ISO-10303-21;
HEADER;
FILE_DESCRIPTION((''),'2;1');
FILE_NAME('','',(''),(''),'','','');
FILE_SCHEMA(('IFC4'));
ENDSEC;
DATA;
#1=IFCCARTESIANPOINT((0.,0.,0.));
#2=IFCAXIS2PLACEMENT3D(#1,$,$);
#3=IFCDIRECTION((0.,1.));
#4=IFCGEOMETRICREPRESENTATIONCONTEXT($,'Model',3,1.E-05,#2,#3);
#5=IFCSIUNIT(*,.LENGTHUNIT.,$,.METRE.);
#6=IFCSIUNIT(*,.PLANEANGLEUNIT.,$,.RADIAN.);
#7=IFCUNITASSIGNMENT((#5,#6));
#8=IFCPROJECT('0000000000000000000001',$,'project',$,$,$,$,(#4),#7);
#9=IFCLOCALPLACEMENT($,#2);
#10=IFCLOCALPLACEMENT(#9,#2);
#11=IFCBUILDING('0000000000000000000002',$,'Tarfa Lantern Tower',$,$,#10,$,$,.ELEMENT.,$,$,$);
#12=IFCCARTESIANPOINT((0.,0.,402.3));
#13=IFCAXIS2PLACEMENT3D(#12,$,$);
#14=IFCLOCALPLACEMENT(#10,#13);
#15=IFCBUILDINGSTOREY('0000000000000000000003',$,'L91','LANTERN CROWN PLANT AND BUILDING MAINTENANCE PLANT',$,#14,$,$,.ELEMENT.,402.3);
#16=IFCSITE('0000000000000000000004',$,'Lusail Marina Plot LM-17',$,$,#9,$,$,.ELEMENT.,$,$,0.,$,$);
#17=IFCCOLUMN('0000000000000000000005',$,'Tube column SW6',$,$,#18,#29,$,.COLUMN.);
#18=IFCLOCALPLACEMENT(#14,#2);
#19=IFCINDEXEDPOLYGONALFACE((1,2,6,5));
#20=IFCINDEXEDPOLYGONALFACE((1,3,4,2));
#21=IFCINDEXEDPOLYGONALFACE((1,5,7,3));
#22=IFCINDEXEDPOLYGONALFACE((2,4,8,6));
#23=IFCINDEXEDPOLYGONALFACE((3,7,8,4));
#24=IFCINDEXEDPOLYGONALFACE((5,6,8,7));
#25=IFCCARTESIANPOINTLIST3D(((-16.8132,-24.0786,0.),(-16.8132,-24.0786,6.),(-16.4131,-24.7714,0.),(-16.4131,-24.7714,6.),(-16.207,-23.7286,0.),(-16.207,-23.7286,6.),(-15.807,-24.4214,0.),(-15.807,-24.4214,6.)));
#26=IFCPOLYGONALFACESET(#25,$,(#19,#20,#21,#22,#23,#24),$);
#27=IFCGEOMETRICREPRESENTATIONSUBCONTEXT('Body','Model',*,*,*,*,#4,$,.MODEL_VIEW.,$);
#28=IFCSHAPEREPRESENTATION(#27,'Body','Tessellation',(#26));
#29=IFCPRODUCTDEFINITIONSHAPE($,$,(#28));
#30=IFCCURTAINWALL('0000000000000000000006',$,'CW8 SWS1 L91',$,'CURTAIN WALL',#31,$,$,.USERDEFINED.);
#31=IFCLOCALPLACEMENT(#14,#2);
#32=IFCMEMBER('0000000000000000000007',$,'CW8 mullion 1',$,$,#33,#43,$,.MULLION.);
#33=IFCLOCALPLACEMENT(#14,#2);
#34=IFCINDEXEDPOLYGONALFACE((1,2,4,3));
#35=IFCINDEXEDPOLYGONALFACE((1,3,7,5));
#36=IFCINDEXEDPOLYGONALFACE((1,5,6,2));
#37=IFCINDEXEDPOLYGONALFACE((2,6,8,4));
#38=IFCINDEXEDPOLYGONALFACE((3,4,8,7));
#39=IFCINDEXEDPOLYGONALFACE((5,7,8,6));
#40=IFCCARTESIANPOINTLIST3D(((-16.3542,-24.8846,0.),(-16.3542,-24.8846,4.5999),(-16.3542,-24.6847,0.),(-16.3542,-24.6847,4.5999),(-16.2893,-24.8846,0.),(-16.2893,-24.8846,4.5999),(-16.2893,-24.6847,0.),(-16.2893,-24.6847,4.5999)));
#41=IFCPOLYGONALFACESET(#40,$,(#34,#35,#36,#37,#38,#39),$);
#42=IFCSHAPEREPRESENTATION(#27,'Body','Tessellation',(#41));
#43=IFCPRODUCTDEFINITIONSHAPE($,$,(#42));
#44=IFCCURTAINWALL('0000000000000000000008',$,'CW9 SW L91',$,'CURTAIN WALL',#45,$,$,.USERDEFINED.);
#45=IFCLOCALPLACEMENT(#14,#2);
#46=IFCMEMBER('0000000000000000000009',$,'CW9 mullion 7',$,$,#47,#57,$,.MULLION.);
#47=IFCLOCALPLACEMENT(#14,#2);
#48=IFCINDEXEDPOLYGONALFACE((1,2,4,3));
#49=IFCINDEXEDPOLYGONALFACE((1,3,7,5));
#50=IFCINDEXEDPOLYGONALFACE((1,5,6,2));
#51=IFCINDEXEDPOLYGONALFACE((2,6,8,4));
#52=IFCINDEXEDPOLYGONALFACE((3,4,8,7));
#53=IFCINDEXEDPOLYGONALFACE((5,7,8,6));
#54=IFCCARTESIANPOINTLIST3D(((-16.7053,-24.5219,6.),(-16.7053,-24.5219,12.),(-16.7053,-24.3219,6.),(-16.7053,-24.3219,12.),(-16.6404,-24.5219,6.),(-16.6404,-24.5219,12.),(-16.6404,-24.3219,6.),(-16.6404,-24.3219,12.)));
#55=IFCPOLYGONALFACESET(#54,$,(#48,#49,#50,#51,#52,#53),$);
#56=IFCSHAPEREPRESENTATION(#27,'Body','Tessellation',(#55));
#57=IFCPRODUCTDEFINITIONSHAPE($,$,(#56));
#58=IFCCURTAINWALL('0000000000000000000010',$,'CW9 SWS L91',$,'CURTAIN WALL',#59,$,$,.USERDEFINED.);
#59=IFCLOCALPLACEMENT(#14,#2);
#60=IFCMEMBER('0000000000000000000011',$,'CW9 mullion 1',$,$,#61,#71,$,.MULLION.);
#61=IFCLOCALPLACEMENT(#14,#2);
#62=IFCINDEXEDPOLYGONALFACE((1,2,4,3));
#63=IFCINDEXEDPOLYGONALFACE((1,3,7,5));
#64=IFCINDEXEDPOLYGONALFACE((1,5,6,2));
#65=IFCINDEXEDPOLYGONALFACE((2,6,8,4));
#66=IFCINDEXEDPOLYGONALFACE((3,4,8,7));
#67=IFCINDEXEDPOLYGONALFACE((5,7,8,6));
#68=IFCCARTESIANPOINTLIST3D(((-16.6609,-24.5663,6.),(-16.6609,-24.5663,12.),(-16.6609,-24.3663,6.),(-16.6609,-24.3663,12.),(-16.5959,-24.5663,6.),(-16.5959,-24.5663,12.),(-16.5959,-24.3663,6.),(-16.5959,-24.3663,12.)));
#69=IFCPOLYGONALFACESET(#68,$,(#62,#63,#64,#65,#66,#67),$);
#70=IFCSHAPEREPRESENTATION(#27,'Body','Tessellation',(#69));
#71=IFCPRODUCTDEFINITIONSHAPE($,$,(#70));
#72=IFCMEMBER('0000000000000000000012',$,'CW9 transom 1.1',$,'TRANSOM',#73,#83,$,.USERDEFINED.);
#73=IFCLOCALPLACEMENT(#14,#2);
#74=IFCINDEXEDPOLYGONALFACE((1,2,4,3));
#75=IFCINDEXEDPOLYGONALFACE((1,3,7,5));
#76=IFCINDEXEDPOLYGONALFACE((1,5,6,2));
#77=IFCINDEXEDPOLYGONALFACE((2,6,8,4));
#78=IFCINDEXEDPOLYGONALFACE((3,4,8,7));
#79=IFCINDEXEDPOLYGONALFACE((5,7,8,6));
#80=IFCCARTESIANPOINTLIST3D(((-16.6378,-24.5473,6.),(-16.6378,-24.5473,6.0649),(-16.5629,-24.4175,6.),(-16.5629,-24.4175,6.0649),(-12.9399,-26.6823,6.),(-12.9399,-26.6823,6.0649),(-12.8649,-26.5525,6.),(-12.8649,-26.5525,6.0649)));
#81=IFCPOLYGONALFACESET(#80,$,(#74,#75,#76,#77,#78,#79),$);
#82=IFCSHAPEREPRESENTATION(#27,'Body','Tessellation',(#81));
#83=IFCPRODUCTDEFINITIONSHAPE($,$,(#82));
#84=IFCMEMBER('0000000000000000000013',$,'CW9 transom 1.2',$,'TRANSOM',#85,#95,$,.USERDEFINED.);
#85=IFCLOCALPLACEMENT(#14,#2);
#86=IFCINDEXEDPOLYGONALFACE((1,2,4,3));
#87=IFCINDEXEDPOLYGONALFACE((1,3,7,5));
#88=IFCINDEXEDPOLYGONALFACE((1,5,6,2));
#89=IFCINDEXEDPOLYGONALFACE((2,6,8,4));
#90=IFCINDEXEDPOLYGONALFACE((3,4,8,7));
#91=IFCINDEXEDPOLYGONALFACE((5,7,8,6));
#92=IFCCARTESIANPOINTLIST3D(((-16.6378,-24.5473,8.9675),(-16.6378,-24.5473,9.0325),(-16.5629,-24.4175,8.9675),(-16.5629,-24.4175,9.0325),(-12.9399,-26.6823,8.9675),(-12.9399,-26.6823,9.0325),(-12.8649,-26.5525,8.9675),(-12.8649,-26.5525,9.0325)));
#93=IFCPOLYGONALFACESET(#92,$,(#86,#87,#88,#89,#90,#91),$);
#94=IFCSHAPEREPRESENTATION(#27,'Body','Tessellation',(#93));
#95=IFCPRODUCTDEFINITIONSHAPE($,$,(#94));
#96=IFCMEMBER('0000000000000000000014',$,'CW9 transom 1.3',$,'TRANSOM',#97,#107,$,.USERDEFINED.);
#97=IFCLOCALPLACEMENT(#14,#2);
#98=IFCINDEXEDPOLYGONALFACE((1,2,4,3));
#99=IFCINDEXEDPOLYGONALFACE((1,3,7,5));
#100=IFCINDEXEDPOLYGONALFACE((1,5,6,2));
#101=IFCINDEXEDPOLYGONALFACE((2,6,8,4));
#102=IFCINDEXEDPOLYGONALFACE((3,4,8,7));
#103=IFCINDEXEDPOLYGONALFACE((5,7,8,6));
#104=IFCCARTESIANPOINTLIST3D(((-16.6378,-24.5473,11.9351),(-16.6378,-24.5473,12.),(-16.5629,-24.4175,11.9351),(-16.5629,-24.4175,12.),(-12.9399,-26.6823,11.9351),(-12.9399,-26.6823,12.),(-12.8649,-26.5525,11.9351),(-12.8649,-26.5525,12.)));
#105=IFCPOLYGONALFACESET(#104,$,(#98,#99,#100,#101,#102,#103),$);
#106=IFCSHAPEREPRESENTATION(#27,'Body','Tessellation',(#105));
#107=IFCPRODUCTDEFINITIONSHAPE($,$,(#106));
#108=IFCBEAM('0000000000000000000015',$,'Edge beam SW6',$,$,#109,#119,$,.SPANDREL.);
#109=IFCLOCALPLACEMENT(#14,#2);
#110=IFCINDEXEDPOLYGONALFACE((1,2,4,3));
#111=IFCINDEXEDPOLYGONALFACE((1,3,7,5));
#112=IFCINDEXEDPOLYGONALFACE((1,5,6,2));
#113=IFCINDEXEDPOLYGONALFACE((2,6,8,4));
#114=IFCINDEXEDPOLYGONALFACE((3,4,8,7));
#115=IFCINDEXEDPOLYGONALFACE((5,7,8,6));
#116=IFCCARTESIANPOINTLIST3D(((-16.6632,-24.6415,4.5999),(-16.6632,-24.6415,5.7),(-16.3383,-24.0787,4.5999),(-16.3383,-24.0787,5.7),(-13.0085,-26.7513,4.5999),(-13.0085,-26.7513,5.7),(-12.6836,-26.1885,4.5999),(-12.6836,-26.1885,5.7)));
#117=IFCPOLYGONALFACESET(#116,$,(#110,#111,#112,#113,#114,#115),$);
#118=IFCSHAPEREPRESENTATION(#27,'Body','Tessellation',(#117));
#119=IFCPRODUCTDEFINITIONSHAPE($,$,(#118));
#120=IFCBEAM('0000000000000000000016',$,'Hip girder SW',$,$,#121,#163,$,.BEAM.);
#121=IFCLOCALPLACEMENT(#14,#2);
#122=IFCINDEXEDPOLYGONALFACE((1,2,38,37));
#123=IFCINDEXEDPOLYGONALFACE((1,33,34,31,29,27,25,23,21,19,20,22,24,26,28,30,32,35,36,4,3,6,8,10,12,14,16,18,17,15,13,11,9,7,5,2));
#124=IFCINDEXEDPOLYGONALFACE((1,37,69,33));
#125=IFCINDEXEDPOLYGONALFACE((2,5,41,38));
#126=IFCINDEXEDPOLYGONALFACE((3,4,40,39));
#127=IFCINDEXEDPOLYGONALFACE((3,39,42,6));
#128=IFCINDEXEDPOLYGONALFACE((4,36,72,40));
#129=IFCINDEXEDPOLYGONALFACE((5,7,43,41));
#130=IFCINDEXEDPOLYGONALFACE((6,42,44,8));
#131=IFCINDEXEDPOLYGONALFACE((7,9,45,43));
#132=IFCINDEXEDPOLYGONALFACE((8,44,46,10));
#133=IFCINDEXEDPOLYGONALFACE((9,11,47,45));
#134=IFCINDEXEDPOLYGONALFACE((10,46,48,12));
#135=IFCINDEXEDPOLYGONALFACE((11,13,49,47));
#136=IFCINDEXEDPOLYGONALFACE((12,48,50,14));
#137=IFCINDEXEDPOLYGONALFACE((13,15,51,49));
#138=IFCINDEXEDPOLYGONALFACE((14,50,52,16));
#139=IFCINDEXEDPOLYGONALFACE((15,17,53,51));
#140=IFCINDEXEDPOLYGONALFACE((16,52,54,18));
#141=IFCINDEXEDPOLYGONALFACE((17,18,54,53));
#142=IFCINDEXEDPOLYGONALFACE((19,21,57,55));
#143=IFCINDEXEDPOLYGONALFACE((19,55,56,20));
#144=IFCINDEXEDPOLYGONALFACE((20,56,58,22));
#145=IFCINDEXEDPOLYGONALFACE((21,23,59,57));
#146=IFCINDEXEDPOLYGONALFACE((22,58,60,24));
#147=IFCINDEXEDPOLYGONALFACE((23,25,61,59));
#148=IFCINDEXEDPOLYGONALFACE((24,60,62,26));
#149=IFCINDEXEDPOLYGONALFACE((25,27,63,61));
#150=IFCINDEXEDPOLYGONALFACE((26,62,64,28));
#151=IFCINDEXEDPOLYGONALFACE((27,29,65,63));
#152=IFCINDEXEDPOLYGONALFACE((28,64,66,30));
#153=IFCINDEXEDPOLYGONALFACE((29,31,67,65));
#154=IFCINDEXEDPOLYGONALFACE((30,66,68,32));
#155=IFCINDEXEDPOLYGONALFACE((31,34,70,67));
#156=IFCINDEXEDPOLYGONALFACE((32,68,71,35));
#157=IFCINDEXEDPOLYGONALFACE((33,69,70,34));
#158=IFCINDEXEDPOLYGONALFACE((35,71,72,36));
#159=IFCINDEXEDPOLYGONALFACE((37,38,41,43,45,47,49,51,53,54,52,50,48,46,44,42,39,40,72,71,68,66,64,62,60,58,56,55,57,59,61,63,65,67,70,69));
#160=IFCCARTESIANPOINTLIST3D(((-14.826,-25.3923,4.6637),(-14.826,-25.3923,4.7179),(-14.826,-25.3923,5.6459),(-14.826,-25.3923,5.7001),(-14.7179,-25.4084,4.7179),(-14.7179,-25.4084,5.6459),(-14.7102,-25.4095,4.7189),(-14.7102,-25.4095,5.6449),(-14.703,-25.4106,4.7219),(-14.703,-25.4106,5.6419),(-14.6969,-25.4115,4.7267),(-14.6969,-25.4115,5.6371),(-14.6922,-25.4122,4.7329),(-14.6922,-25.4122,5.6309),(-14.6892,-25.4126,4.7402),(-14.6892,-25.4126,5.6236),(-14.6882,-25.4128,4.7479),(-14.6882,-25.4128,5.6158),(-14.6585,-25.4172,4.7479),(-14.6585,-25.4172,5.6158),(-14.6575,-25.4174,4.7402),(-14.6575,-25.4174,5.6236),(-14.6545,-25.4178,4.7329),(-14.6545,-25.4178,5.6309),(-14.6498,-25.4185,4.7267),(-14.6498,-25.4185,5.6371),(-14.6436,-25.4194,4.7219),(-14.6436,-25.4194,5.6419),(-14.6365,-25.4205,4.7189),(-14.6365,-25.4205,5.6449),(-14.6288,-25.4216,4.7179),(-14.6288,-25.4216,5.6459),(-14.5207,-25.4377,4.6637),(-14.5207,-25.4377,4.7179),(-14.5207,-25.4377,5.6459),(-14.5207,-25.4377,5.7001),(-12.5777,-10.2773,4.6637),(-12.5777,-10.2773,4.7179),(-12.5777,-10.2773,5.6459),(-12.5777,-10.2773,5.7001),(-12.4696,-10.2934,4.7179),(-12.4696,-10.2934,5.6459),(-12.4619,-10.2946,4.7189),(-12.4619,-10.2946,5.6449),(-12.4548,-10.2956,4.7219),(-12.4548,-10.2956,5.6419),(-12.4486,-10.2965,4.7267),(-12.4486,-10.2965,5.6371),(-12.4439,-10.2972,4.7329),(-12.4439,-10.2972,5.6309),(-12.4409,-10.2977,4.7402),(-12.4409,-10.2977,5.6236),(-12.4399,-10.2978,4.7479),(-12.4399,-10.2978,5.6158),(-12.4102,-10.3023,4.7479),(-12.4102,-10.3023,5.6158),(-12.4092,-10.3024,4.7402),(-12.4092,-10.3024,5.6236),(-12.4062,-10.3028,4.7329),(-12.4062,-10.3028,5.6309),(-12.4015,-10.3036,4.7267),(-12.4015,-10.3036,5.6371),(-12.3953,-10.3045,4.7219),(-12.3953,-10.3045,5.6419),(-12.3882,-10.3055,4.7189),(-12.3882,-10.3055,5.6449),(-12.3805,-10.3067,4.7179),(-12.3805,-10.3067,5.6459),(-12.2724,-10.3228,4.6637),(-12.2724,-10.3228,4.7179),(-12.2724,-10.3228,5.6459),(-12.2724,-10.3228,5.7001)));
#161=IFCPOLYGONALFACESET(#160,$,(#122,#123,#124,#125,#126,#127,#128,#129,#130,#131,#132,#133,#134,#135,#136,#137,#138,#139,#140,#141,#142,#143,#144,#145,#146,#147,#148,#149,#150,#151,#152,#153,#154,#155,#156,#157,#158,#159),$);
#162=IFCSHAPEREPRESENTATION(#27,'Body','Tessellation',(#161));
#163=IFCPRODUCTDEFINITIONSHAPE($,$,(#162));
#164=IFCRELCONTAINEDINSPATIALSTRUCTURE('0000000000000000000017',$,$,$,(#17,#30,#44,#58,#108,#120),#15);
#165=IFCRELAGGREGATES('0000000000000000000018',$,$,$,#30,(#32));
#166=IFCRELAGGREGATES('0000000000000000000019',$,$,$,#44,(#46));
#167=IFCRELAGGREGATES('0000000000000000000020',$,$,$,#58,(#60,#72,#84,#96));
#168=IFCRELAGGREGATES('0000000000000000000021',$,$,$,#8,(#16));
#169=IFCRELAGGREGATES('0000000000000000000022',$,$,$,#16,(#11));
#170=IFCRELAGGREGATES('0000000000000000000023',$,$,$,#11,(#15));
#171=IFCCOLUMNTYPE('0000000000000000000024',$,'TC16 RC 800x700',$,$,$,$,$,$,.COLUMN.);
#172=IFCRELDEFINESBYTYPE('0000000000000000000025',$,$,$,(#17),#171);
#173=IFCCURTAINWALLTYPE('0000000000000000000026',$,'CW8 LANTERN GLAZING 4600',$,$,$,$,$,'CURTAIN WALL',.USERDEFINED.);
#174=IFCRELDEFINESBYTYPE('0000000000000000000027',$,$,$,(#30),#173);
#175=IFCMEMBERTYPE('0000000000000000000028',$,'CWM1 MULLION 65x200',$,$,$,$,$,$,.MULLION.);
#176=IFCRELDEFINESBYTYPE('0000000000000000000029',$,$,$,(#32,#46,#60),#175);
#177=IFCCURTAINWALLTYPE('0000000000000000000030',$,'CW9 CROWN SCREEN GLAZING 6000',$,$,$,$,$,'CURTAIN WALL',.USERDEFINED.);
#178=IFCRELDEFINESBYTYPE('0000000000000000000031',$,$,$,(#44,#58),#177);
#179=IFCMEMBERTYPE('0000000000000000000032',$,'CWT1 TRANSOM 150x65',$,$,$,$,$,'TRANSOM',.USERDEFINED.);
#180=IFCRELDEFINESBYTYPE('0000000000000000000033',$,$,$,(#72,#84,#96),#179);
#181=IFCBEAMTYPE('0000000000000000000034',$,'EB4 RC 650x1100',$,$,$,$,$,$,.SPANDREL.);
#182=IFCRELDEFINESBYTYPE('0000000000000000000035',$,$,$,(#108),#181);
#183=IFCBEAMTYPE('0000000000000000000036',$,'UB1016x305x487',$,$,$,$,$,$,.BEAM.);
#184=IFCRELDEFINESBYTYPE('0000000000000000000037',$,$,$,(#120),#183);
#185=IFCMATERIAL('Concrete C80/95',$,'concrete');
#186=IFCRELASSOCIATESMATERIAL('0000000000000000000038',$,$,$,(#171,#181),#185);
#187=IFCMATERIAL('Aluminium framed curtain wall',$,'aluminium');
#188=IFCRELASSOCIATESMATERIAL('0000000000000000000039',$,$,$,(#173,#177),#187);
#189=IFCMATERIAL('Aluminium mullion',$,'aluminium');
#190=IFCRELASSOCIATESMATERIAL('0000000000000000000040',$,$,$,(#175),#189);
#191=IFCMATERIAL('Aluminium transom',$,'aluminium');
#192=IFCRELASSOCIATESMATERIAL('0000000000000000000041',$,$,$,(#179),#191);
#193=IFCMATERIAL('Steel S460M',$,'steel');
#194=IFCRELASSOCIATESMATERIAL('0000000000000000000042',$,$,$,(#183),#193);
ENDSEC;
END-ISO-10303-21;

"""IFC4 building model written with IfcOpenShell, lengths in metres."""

from ifc_helpers import new_model, si_unit, direction, frame, origin, origin_2d, place, context, subcontext, project, spatial, rectangle, i_section, extrude, material, material_profile, profile_set, type_object, element, aggregate, save


model = new_model("IFC4")

# Units and contexts
model_context = context("Model", 3, precision=1e-05, world=origin(), true_north=direction((0.0, 1.0)))
body_context = subcontext(model_context, "Body", "Model", "MODEL_VIEW")
ifc_project = project(units=[si_unit("LENGTHUNIT", "METRE"), si_unit("PLANEANGLEUNIT", "RADIAN")], contexts=[model_context])

# Site, building, storey
site_placement = place(None, origin())
site = spatial("IfcSite", under=ifc_project, at=site_placement, Name="Lusail Marina Plot LM-17", CompositionType="ELEMENT", RefElevation=0.0)
building_placement = place(site_placement, origin())
building = spatial("IfcBuilding", under=site, at=building_placement, Name="Tarfa Lantern Tower", CompositionType="ELEMENT")
storey_placement = place(building_placement, frame((0.0, 0.0, 402.3)))
storey = spatial("IfcBuildingStorey", under=building, at=storey_placement, Name="L91", Description="LANTERN CROWN PLANT AND BUILDING MAINTENANCE PLANT", CompositionType="ELEMENT", Elevation=402.3)

# Column
ifc_material_1 = material(Name="Concrete C80/95", Category="concrete")
ifc_material_profile_1 = material_profile(ifc_material_1, rectangle(XDim=0.8, YDim=0.7, at=origin_2d()), Name="RC 800x700")
ifc_profile_set_1 = profile_set([ifc_material_profile_1], Name="Concrete C80/95")
column_type = type_object("IfcColumnType", Name="TC16 RC 800x700", PredefinedType="COLUMN", material=ifc_profile_set_1)
column_placement = place(storey_placement, frame((-16.3101, -24.25, 0.0), z_axis=(0.0, 0.0, 1.0), x_axis=(0.5, -0.866025, 0.0)))
element("IfcColumn", 1, at=column_placement, inside=storey, type_object=column_type, Name="Tube column SW6", PredefinedType="COLUMN", context=body_context, shape_type="SweptSolid", body=[
    extrude(rectangle(XDim=0.8, YDim=0.7, at=origin_2d()), origin(), (0.0, 0.0, 1.0), 6.0),
])

# Curtain walls, members
ifc_material_2 = material(Name="Aluminium framed curtain wall", Category="aluminium")
curtain_wall_type_1 = type_object("IfcCurtainWallType", Name="CW8 LANTERN GLAZING 4600", ElementType="CURTAIN WALL", PredefinedType="USERDEFINED", material=ifc_material_2)
curtain_wall_1_placement = place(storey_placement, origin())
curtain_wall_1 = element("IfcCurtainWall", 2, at=curtain_wall_1_placement, inside=storey, type_object=curtain_wall_type_1, Name="CW8 SWS1 L91", ObjectType="CURTAIN WALL", PredefinedType="USERDEFINED")
ifc_material_3 = material(Name="Aluminium mullion", Category="aluminium")
ifc_material_profile_2 = material_profile(ifc_material_3, rectangle(XDim=0.0649, YDim=0.2, at=origin_2d()), Name="AL MULLION 65x200")
ifc_profile_set_2 = profile_set([ifc_material_profile_2], Name="Aluminium mullion")
member_type_1 = type_object("IfcMemberType", Name="CWM1 MULLION 65x200", PredefinedType="MULLION", material=ifc_profile_set_2)
member_1_placement = place(storey_placement, frame((-16.3218, -24.7847, 0.0), z_axis=(0.0, 0.0, 1.0), x_axis=(1.0, 0.0, 0.0)))
member_1 = element("IfcMember", 3, at=member_1_placement, type_object=member_type_1, Name="CW8 mullion 1", PredefinedType="MULLION", context=body_context, shape_type="SweptSolid", body=[
    extrude(rectangle(XDim=0.0649, YDim=0.2, at=origin_2d()), origin(), (0.0, 0.0, 1.0), 4.5999),
])
aggregate(curtain_wall_1, [member_1])
curtain_wall_type_2 = type_object("IfcCurtainWallType", Name="CW9 CROWN SCREEN GLAZING 6000", ElementType="CURTAIN WALL", PredefinedType="USERDEFINED", material=ifc_material_2)
curtain_wall_2_placement = place(storey_placement, origin())
curtain_wall_2 = element("IfcCurtainWall", 4, at=curtain_wall_2_placement, inside=storey, type_object=curtain_wall_type_2, Name="CW9 SW L91", ObjectType="CURTAIN WALL", PredefinedType="USERDEFINED")
member_2_placement = place(storey_placement, frame((-16.6729, -24.4219, 6.0), z_axis=(0.0, 0.0, 1.0), x_axis=(1.0, 0.0, 0.0)))
member_2 = element("IfcMember", 5, at=member_2_placement, type_object=member_type_1, Name="CW9 mullion 7", PredefinedType="MULLION", context=body_context, shape_type="SweptSolid", body=[
    extrude(rectangle(XDim=0.0649, YDim=0.2, at=origin_2d()), origin(), (0.0, 0.0, 1.0), 6.0),
])
aggregate(curtain_wall_2, [member_2])

# Curtain wall, members
curtain_wall_3_placement = place(storey_placement, origin())
curtain_wall_3 = element("IfcCurtainWall", 6, at=curtain_wall_3_placement, inside=storey, type_object=curtain_wall_type_2, Name="CW9 SWS L91", ObjectType="CURTAIN WALL", PredefinedType="USERDEFINED")
member_3_placement = place(storey_placement, frame((-16.6284, -24.4663, 6.0), z_axis=(0.0, 0.0, 1.0), x_axis=(1.0, 0.0, 0.0)))
member_3 = element("IfcMember", 7, at=member_3_placement, type_object=member_type_1, Name="CW9 mullion 1", PredefinedType="MULLION", context=body_context, shape_type="SweptSolid", body=[
    extrude(rectangle(XDim=0.0649, YDim=0.2, at=origin_2d()), origin(), (0.0, 0.0, 1.0), 6.0),
])
ifc_material_4 = material(Name="Aluminium transom", Category="aluminium")
ifc_material_profile_3 = material_profile(ifc_material_4, rectangle(XDim=0.1499, YDim=0.0649, at=origin_2d()), Name="AL TRANSOM 150x65")
ifc_profile_set_3 = profile_set([ifc_material_profile_3], Name="Aluminium transom")
member_type_2 = type_object("IfcMemberType", Name="CWT1 TRANSOM 150x65", ElementType="TRANSOM", PredefinedType="USERDEFINED", material=ifc_profile_set_3)
member_4_placement = place(storey_placement, frame((-16.6003, -24.4824, 6.0325), z_axis=(0.866028, -0.499995, 0.0), x_axis=(0.499995, 0.866028, 0.0)))
member_4 = element("IfcMember", 8, at=member_4_placement, type_object=member_type_2, Name="CW9 transom 1.1", ObjectType="TRANSOM", PredefinedType="USERDEFINED", context=body_context, shape_type="SweptSolid", body=[
    extrude(rectangle(XDim=0.1499, YDim=0.0649, at=origin_2d()), origin(), (0.0, 0.0, 1.0), 4.27),
])
member_5_placement = place(storey_placement, frame((-16.6003, -24.4824, 9.0), z_axis=(0.866028, -0.499995, 0.0), x_axis=(0.499995, 0.866028, 0.0)))
member_5 = element("IfcMember", 9, at=member_5_placement, type_object=member_type_2, Name="CW9 transom 1.2", ObjectType="TRANSOM", PredefinedType="USERDEFINED", context=body_context, shape_type="SweptSolid", body=[
    extrude(rectangle(XDim=0.1499, YDim=0.0649, at=origin_2d()), origin(), (0.0, 0.0, 1.0), 4.27),
])
member_6_placement = place(storey_placement, frame((-16.6003, -24.4824, 11.9675), z_axis=(0.866028, -0.499995, 0.0), x_axis=(0.499995, 0.866028, 0.0)))
member_6 = element("IfcMember", 10, at=member_6_placement, type_object=member_type_2, Name="CW9 transom 1.3", ObjectType="TRANSOM", PredefinedType="USERDEFINED", context=body_context, shape_type="SweptSolid", body=[
    extrude(rectangle(XDim=0.1499, YDim=0.0649, at=origin_2d()), origin(), (0.0, 0.0, 1.0), 4.27),
])
aggregate(curtain_wall_3, [member_3, member_4, member_5, member_6])

# Beams
ifc_material_profile_4 = material_profile(ifc_material_1, rectangle(XDim=0.6499, YDim=1.1001, at=origin_2d()), Name="RC 650x1100")
ifc_profile_set_4 = profile_set([ifc_material_profile_4], Name="Concrete C80/95")
beam_type_1 = type_object("IfcBeamType", Name="EB4 RC 650x1100", PredefinedType="SPANDREL", material=ifc_profile_set_4)
beam_1_placement = place(storey_placement, frame((-16.5007, -24.3601, 5.1499), z_axis=(0.866049, -0.499959, 0.0), x_axis=(0.499959, 0.866049, 0.0)))
element("IfcBeam", 11, at=beam_1_placement, inside=storey, type_object=beam_type_1, Name="Edge beam SW6", PredefinedType="SPANDREL", context=body_context, shape_type="SweptSolid", body=[
    extrude(rectangle(XDim=0.6499, YDim=1.1001, at=origin_2d()), origin(), (0.0, 0.0, 1.0), 4.22),
])
ifc_material_5 = material(Name="Steel S460M", Category="steel")
ifc_material_profile_5 = material_profile(ifc_material_5, i_section(OverallWidth=0.3086, OverallDepth=1.0364, WebThickness=0.03, FlangeThickness=0.0542, FilletRadius=0.03, at=origin_2d()), Name="UB1016x305x487")
ifc_profile_set_5 = profile_set([ifc_material_profile_5], Name="Steel S460M")
beam_type_2 = type_object("IfcBeamType", Name="UB1016x305x487", PredefinedType="BEAM", material=ifc_profile_set_5)
beam_2_placement = place(storey_placement, frame((-12.425, -10.3, 5.1819), z_axis=(-0.147127, -0.989118, 0.0), x_axis=(0.989118, -0.147127, 0.0)))
element("IfcBeam", 12, at=beam_2_placement, inside=storey, type_object=beam_type_2, Name="Hip girder SW", PredefinedType="BEAM", context=body_context, shape_type="SweptSolid", body=[
    extrude(i_section(OverallWidth=0.3086, OverallDepth=1.0364, WebThickness=0.03, FlangeThickness=0.0542, FilletRadius=0.03, at=origin_2d()), origin(), (0.0, 0.0, 1.0), 15.2812),
])

save(model, "model.ifc")
